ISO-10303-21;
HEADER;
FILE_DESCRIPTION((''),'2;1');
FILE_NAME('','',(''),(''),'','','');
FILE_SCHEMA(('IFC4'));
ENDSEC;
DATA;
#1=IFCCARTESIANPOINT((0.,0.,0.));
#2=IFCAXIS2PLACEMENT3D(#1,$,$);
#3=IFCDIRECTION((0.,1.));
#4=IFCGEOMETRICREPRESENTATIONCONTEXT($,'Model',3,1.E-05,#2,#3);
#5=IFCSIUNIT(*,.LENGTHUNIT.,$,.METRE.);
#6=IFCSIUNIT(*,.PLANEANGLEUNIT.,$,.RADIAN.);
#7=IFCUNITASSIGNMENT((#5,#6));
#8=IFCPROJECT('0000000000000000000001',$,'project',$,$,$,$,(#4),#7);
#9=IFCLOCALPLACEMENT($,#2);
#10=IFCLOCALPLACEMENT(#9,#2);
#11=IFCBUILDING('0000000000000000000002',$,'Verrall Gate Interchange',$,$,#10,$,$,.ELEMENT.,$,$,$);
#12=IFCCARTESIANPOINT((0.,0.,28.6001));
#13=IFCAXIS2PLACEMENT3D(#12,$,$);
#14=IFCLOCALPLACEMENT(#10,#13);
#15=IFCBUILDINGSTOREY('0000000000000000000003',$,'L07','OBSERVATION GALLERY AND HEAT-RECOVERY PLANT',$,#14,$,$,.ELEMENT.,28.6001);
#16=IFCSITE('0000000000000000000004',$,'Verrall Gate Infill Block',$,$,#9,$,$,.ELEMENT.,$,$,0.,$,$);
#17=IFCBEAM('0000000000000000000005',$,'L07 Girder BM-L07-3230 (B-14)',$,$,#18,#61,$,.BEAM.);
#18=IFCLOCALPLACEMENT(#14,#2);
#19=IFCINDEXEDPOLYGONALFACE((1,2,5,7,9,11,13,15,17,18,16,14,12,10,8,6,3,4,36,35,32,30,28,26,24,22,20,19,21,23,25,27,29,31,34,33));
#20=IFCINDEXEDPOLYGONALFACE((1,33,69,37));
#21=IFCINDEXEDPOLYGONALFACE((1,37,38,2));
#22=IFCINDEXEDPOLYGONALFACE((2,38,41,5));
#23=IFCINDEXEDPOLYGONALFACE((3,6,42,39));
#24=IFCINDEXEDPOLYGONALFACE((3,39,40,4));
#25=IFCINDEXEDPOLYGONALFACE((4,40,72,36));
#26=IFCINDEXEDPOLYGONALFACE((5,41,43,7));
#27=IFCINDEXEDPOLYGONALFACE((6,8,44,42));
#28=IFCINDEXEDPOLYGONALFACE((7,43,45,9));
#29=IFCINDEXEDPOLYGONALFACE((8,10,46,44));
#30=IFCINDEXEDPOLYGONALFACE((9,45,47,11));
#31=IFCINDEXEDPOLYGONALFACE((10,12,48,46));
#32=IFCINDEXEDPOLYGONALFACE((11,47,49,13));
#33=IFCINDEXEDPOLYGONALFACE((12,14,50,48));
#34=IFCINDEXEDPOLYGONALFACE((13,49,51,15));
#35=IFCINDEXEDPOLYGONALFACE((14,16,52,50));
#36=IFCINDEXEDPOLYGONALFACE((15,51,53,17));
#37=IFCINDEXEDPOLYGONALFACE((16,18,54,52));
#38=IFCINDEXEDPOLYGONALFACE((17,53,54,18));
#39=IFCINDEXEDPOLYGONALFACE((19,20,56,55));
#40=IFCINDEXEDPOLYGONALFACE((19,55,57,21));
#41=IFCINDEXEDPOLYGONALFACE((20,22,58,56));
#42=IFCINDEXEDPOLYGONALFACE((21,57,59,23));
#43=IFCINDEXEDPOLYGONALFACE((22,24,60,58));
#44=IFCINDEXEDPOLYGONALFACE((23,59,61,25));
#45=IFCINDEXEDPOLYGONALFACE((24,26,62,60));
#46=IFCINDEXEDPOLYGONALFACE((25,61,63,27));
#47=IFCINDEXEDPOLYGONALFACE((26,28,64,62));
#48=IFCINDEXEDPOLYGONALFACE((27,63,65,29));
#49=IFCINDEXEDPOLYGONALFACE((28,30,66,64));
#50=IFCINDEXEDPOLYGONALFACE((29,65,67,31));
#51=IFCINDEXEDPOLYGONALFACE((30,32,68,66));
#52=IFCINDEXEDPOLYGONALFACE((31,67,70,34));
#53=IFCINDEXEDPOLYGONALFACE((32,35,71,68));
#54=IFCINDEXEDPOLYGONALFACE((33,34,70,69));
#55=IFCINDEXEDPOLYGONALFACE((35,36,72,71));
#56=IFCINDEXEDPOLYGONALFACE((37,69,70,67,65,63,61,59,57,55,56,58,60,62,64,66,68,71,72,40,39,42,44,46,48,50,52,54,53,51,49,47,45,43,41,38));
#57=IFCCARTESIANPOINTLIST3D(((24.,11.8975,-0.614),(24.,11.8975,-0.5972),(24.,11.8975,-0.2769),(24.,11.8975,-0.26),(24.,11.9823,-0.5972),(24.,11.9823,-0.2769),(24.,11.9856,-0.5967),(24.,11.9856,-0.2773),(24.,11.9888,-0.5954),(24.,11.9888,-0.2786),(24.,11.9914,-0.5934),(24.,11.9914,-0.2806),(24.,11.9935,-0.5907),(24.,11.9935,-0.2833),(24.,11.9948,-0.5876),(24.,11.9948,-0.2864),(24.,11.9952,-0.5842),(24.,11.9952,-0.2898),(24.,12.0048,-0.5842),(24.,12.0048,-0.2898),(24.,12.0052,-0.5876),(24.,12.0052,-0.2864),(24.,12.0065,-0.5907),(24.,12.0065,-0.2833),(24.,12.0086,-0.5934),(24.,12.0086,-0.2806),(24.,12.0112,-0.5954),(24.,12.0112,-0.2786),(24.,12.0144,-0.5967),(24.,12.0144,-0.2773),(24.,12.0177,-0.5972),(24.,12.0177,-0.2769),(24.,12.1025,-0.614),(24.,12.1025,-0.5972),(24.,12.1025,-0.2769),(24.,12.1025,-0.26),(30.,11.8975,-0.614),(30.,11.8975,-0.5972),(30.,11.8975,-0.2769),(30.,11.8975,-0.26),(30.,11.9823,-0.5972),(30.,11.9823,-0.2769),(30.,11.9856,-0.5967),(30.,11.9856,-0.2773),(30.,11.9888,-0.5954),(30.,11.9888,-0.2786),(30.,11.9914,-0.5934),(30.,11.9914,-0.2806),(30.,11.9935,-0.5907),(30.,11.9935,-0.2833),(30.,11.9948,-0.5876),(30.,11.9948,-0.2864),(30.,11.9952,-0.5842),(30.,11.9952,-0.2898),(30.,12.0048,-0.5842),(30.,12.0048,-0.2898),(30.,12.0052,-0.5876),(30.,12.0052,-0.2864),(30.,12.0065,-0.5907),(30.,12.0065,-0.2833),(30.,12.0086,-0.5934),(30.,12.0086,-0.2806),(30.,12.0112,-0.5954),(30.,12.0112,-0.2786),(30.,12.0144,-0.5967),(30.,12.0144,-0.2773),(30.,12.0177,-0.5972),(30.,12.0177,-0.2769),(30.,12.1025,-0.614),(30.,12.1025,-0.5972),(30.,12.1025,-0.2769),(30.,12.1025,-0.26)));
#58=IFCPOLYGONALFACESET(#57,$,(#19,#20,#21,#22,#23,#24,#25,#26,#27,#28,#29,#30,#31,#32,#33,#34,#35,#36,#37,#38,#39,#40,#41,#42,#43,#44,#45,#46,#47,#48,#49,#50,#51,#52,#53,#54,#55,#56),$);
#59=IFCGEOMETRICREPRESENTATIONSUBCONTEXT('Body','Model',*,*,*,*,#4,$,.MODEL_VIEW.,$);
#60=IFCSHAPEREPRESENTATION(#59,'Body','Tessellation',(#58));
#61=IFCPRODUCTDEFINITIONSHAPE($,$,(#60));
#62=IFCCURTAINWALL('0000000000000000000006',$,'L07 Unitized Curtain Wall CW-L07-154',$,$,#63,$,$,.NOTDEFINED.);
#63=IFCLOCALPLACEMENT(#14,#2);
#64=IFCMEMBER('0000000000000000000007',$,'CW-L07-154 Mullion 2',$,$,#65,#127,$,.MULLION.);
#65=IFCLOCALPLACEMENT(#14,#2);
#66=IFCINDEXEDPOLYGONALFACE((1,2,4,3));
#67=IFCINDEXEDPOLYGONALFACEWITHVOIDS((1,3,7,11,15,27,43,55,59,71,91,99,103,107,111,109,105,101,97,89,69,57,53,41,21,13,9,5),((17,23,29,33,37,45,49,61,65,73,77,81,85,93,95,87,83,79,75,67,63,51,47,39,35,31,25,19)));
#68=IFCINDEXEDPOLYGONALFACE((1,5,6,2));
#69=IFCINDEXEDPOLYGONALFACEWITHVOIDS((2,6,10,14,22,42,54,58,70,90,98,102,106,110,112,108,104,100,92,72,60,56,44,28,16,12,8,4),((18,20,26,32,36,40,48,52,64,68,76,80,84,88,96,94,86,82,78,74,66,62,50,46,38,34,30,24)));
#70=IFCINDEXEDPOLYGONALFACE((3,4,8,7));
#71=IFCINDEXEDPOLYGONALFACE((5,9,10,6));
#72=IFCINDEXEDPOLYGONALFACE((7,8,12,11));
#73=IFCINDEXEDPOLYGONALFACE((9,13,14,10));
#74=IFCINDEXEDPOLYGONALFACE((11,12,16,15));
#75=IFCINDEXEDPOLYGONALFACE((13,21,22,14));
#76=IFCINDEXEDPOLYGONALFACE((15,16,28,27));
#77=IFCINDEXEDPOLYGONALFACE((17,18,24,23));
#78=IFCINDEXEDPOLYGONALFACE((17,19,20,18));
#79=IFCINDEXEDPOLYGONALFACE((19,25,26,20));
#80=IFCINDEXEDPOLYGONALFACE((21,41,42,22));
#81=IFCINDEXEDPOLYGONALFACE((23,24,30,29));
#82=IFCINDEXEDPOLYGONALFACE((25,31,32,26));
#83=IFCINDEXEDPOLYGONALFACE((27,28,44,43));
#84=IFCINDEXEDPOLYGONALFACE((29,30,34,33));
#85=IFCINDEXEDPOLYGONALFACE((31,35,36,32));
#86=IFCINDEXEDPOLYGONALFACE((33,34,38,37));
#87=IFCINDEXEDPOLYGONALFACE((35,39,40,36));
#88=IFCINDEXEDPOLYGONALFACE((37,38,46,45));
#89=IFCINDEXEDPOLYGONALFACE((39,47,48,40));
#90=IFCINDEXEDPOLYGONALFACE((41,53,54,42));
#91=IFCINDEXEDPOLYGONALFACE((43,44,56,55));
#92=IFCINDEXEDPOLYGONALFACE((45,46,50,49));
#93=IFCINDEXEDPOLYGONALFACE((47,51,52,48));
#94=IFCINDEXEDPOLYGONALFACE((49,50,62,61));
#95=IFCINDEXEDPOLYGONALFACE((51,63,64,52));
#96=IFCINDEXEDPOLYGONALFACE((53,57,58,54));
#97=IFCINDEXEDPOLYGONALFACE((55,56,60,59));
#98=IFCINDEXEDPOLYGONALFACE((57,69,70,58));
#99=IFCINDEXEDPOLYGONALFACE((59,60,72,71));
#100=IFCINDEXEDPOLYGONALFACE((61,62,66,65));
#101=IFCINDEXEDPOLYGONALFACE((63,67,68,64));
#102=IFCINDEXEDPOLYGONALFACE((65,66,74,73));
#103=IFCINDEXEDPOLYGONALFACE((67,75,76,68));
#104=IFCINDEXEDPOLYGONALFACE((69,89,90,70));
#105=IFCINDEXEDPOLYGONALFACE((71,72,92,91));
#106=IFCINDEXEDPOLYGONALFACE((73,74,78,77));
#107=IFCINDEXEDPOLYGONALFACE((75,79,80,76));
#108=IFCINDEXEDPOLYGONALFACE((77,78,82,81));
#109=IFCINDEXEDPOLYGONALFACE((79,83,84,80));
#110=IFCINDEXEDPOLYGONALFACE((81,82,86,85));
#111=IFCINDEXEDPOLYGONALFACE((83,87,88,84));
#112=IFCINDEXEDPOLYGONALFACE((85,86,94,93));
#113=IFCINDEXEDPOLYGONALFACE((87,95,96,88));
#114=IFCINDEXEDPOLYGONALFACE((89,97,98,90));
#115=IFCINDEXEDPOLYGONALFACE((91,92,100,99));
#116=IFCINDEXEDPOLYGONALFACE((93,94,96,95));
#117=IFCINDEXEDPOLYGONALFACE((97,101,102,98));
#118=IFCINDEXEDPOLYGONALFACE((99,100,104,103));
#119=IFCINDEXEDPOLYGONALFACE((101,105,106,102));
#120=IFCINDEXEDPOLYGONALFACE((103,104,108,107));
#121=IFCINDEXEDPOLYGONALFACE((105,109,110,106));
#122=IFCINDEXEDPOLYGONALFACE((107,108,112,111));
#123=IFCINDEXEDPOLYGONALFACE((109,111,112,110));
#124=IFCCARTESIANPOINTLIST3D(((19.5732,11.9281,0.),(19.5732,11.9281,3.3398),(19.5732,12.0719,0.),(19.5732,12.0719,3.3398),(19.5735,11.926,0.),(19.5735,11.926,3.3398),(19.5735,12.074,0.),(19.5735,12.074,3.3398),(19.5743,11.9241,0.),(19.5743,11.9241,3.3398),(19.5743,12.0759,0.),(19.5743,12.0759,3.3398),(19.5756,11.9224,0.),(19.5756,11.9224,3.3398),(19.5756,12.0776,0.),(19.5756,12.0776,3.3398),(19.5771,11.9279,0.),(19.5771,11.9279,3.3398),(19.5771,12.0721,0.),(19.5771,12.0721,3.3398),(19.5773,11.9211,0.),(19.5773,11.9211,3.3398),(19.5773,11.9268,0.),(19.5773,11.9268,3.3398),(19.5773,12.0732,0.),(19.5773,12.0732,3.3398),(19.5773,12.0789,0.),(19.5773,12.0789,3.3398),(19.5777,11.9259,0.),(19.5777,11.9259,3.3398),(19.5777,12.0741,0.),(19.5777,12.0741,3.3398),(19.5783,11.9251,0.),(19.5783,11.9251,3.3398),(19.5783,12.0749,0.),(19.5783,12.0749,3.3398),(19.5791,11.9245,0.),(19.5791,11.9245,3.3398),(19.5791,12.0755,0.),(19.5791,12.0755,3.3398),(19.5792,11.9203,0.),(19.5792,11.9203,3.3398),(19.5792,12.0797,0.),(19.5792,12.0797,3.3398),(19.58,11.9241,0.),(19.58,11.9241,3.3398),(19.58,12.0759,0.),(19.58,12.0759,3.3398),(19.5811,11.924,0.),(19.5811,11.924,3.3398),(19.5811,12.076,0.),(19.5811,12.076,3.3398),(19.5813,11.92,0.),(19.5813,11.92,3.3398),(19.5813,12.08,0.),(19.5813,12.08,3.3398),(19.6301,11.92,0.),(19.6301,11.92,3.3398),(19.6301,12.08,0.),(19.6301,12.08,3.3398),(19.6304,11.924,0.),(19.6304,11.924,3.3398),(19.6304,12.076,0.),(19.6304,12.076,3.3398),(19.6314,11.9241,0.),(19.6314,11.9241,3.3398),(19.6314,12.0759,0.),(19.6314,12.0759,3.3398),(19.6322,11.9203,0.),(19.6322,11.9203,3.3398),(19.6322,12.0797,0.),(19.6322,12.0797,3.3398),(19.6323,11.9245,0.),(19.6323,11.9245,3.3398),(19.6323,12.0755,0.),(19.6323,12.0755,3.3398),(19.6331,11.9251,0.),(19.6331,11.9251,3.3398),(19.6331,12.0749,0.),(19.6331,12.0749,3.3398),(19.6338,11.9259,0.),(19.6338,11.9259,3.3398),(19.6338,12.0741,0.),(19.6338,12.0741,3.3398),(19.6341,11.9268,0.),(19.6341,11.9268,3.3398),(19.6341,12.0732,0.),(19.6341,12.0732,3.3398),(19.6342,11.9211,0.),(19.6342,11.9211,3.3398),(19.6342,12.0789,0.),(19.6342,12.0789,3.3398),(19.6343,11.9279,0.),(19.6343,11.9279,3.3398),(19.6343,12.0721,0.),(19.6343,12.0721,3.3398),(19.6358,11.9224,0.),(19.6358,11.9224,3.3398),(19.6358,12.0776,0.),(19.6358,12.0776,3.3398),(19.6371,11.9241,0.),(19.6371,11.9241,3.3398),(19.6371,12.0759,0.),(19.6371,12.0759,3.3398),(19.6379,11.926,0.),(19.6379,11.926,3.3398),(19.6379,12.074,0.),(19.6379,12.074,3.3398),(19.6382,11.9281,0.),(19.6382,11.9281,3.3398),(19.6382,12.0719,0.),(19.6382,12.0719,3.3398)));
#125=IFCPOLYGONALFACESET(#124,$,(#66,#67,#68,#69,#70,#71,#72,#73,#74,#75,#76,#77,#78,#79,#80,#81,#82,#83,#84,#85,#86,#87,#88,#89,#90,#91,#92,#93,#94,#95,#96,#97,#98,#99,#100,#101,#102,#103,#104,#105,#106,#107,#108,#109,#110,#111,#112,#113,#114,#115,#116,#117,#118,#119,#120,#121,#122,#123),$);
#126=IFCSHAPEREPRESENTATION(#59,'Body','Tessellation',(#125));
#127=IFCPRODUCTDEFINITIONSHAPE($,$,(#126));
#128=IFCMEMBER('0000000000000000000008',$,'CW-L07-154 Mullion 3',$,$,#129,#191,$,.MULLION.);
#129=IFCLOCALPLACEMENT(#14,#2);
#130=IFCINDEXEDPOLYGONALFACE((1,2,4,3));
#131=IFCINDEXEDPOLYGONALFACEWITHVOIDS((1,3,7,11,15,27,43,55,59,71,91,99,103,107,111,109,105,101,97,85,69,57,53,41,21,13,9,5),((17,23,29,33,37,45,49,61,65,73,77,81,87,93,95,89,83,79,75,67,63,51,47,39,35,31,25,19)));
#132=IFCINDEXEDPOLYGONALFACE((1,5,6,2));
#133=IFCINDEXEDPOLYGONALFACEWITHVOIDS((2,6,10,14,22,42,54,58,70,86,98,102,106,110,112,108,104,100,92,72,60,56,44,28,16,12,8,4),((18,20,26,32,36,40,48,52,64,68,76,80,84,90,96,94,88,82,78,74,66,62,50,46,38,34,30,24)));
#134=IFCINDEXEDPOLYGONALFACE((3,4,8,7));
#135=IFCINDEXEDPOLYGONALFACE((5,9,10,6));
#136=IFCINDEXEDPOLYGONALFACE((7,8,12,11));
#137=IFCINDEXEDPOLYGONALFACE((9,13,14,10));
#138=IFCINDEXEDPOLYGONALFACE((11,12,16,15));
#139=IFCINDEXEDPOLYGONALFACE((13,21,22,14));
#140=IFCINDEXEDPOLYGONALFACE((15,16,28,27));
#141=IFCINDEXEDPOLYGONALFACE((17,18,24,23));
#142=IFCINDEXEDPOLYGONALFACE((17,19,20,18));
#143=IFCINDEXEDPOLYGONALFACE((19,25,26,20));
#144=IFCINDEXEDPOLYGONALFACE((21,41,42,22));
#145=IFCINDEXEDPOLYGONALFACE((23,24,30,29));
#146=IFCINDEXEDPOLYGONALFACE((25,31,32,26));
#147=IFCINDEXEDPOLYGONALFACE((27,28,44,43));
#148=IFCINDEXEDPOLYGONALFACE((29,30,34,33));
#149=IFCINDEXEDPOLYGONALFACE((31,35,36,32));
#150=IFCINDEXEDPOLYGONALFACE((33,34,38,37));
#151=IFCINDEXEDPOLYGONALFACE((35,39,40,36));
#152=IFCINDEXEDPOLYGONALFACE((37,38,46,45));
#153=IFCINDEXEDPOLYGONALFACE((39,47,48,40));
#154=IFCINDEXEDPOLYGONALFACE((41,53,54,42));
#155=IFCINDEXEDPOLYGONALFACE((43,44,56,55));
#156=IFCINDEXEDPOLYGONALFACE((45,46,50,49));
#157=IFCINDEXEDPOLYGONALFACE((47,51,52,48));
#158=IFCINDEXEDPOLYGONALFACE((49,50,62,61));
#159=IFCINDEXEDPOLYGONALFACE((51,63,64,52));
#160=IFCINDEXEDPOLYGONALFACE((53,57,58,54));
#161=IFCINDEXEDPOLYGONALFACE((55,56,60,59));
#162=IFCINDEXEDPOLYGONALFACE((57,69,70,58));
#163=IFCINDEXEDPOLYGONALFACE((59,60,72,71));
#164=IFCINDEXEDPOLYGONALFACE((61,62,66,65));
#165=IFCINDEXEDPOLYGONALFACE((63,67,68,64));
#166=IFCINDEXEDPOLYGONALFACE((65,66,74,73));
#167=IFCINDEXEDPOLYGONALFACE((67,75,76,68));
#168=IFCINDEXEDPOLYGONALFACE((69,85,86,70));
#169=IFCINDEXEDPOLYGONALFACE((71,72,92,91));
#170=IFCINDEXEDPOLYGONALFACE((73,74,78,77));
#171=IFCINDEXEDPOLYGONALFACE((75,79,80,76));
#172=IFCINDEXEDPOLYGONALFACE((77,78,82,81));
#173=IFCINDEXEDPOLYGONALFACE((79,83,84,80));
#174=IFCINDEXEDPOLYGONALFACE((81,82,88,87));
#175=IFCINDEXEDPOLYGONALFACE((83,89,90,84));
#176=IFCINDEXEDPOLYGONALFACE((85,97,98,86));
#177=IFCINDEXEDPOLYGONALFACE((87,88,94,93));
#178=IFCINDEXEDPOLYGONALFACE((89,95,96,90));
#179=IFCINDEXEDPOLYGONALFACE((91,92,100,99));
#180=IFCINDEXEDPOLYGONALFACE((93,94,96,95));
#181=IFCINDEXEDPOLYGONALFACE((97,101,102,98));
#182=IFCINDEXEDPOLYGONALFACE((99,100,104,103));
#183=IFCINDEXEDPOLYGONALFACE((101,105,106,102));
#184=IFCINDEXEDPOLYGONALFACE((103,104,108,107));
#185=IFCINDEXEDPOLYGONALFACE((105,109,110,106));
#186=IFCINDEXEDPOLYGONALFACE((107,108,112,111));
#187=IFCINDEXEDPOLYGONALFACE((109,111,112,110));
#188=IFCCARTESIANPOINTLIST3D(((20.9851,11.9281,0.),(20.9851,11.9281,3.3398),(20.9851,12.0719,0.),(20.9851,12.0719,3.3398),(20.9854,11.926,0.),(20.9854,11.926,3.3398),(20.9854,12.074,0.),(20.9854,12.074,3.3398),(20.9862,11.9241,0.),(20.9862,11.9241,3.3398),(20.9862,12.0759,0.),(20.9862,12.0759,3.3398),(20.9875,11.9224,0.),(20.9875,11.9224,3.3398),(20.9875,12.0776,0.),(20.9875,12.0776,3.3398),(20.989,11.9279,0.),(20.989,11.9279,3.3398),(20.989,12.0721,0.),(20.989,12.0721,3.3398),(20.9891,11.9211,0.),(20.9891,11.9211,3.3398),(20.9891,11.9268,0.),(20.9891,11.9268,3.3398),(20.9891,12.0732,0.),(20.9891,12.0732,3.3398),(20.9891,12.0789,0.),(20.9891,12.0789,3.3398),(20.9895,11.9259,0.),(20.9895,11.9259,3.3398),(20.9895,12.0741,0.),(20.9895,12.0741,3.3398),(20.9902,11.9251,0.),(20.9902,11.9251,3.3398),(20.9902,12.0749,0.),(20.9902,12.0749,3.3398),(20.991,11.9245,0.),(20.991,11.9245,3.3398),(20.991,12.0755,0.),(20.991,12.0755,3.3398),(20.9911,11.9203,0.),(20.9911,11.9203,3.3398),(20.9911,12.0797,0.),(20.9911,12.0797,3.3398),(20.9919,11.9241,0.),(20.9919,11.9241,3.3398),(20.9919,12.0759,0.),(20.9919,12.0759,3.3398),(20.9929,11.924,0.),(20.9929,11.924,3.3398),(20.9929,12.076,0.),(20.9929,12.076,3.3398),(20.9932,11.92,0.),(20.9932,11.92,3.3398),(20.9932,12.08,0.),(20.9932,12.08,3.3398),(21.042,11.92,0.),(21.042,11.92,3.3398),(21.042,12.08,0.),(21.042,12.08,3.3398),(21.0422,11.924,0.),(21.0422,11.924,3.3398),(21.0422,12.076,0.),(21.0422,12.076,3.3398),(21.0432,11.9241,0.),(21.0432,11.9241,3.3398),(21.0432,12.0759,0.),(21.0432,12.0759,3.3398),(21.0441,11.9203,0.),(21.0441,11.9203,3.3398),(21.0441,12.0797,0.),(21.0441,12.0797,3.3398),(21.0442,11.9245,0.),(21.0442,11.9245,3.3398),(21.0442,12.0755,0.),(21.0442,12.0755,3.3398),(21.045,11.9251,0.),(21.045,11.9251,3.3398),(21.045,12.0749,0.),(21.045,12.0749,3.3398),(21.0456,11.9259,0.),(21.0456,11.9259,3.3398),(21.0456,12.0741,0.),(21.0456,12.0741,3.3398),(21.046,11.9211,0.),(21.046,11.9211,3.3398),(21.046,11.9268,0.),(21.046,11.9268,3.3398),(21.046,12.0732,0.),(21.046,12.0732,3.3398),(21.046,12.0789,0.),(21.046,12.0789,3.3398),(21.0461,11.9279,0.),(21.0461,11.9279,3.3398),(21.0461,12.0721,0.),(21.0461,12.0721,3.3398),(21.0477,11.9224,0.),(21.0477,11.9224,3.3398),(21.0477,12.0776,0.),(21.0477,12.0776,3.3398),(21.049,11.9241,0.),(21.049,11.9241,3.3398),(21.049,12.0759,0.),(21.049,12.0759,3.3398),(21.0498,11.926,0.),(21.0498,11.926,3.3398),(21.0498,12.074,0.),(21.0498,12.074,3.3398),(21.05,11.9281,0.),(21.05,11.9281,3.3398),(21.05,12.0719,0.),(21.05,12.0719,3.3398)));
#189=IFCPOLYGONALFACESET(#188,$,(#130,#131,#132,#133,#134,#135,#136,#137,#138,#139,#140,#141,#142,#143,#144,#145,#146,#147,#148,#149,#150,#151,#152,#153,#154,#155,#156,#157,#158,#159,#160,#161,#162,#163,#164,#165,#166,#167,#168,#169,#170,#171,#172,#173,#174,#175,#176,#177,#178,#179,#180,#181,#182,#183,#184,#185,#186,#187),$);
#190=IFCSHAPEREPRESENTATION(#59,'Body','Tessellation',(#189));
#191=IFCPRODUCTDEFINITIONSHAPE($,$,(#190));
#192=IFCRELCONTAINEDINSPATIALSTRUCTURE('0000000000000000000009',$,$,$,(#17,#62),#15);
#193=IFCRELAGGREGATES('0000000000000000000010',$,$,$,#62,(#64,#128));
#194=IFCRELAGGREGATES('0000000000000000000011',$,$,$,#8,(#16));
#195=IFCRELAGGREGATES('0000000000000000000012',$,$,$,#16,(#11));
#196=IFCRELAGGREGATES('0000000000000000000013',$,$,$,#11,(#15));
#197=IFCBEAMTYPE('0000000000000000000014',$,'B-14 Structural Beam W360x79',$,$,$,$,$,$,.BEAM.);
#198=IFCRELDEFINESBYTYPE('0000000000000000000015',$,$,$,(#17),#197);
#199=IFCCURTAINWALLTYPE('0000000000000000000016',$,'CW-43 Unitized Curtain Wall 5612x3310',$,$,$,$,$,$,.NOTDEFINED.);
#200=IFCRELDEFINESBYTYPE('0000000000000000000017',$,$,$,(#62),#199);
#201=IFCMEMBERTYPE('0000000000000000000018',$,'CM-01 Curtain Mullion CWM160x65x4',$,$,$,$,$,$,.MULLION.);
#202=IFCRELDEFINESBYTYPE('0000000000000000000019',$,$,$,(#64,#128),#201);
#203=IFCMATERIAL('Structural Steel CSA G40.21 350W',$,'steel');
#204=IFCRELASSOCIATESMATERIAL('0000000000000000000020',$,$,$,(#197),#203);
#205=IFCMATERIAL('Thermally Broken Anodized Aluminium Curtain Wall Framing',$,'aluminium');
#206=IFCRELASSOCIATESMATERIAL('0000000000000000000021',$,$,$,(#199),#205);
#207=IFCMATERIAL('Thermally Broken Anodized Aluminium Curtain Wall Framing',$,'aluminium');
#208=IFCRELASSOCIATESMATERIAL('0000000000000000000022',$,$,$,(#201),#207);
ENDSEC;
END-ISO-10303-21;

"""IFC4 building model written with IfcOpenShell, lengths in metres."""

from ifc_helpers import new_model, si_unit, direction, frame, origin, origin_2d, place, context, subcontext, project, spatial, hollow_rectangle, i_section, extrude, material, material_profile, profile_set, type_object, element, aggregate, save


model = new_model("IFC4")

# Units and contexts
model_context = context("Model", 3, precision=1e-05, world=origin(), true_north=direction((0.0, 1.0)))
body_context = subcontext(model_context, "Body", "Model", "MODEL_VIEW")
ifc_project = project(units=[si_unit("LENGTHUNIT", "METRE"), si_unit("PLANEANGLEUNIT", "RADIAN")], contexts=[model_context])

# Site, building, storey
site_placement = place(None, origin())
site = spatial("IfcSite", under=ifc_project, at=site_placement, Name="Verrall Gate Infill Block", CompositionType="ELEMENT", RefElevation=0.0)
building_placement = place(site_placement, origin())
building = spatial("IfcBuilding", under=site, at=building_placement, Name="Verrall Gate Interchange", CompositionType="ELEMENT")
storey_placement = place(building_placement, frame((0.0, 0.0, 28.6001)))
storey = spatial("IfcBuildingStorey", under=building, at=storey_placement, Name="L07", Description="OBSERVATION GALLERY AND HEAT-RECOVERY PLANT", CompositionType="ELEMENT", Elevation=28.6001)

# Beam
ifc_material_1 = material(Name="Structural Steel CSA G40.21 350W", Category="steel")
ifc_material_profile_1 = material_profile(ifc_material_1, i_section(OverallWidth=0.2051, OverallDepth=0.354, WebThickness=0.0095, FlangeThickness=0.0168, FilletRadius=0.0129, at=origin_2d()), Name="W360x79")
ifc_profile_set_1 = profile_set([ifc_material_profile_1], Name="Structural Steel CSA G40.21 350W")
beam_type_1 = type_object("IfcBeamType", Name="B-14 Structural Beam W360x79", PredefinedType="BEAM", material=ifc_profile_set_1)
beam_1_placement = place(storey_placement, frame((24.0, 12.0, -0.437), z_axis=(1.0, 0.0, 0.0), x_axis=(0.0, 1.0, 0.0)))
element("IfcBeam", 1, at=beam_1_placement, inside=storey, type_object=beam_type_1, Name="L07 Girder BM-L07-3230 (B-14)", PredefinedType="BEAM", context=body_context, shape_type="SweptSolid", body=[
    extrude(i_section(OverallWidth=0.2051, OverallDepth=0.354, WebThickness=0.0095, FlangeThickness=0.0168, FilletRadius=0.0129, at=origin_2d()), origin(), (0.0, 0.0, 1.0), 6.0),
])

# Curtain wall, members
ifc_material_2 = material(Name="Thermally Broken Anodized Aluminium Curtain Wall Framing", Category="aluminium")
curtain_wall_type = type_object("IfcCurtainWallType", Name="CW-43 Unitized Curtain Wall 5612x3310", PredefinedType="NOTDEFINED", material=ifc_material_2)
curtain_wall_1_placement = place(storey_placement, origin())
curtain_wall_1 = element("IfcCurtainWall", 2, at=curtain_wall_1_placement, inside=storey, type_object=curtain_wall_type, Name="L07 Unitized Curtain Wall CW-L07-154", PredefinedType="NOTDEFINED")
ifc_material_3 = material(Name="Thermally Broken Anodized Aluminium Curtain Wall Framing", Category="aluminium")
ifc_material_profile_2 = material_profile(ifc_material_3, hollow_rectangle(XDim=0.0649, YDim=0.1599, WallThickness=0.0039, InnerFilletRadius=0.0039, OuterFilletRadius=0.0081, at=origin_2d()), Name="CWM160x65x4")
ifc_profile_set_2 = profile_set([ifc_material_profile_2], Name="Thermally Broken Anodized Aluminium Curtain Wall Framing")
member_type_1 = type_object("IfcMemberType", Name="CM-01 Curtain Mullion CWM160x65x4", PredefinedType="MULLION", material=ifc_profile_set_2)
member_1_placement = place(storey_placement, frame((19.6057, 12.0, 0.0), z_axis=(0.0, 0.0, 1.0), x_axis=(1.0, 0.0, 0.0)))
member_1 = element("IfcMember", 3, at=member_1_placement, type_object=member_type_1, Name="CW-L07-154 Mullion 2", PredefinedType="MULLION", context=body_context, shape_type="SweptSolid", body=[
    extrude(hollow_rectangle(XDim=0.0649, YDim=0.1599, WallThickness=0.0039, InnerFilletRadius=0.0039, OuterFilletRadius=0.0081, at=origin_2d()), origin(), (0.0, 0.0, 1.0), 3.3398),
])
member_2_placement = place(storey_placement, frame((21.0176, 12.0, 0.0), z_axis=(0.0, 0.0, 1.0), x_axis=(1.0, 0.0, 0.0)))
member_2 = element("IfcMember", 4, at=member_2_placement, type_object=member_type_1, Name="CW-L07-154 Mullion 3", PredefinedType="MULLION", context=body_context, shape_type="SweptSolid", body=[
    extrude(hollow_rectangle(XDim=0.0649, YDim=0.1599, WallThickness=0.0039, InnerFilletRadius=0.0039, OuterFilletRadius=0.0081, at=origin_2d()), origin(), (0.0, 0.0, 1.0), 3.3398),
])

aggregate(curtain_wall_1, [member_1, member_2])

save(model, "model.ifc")
